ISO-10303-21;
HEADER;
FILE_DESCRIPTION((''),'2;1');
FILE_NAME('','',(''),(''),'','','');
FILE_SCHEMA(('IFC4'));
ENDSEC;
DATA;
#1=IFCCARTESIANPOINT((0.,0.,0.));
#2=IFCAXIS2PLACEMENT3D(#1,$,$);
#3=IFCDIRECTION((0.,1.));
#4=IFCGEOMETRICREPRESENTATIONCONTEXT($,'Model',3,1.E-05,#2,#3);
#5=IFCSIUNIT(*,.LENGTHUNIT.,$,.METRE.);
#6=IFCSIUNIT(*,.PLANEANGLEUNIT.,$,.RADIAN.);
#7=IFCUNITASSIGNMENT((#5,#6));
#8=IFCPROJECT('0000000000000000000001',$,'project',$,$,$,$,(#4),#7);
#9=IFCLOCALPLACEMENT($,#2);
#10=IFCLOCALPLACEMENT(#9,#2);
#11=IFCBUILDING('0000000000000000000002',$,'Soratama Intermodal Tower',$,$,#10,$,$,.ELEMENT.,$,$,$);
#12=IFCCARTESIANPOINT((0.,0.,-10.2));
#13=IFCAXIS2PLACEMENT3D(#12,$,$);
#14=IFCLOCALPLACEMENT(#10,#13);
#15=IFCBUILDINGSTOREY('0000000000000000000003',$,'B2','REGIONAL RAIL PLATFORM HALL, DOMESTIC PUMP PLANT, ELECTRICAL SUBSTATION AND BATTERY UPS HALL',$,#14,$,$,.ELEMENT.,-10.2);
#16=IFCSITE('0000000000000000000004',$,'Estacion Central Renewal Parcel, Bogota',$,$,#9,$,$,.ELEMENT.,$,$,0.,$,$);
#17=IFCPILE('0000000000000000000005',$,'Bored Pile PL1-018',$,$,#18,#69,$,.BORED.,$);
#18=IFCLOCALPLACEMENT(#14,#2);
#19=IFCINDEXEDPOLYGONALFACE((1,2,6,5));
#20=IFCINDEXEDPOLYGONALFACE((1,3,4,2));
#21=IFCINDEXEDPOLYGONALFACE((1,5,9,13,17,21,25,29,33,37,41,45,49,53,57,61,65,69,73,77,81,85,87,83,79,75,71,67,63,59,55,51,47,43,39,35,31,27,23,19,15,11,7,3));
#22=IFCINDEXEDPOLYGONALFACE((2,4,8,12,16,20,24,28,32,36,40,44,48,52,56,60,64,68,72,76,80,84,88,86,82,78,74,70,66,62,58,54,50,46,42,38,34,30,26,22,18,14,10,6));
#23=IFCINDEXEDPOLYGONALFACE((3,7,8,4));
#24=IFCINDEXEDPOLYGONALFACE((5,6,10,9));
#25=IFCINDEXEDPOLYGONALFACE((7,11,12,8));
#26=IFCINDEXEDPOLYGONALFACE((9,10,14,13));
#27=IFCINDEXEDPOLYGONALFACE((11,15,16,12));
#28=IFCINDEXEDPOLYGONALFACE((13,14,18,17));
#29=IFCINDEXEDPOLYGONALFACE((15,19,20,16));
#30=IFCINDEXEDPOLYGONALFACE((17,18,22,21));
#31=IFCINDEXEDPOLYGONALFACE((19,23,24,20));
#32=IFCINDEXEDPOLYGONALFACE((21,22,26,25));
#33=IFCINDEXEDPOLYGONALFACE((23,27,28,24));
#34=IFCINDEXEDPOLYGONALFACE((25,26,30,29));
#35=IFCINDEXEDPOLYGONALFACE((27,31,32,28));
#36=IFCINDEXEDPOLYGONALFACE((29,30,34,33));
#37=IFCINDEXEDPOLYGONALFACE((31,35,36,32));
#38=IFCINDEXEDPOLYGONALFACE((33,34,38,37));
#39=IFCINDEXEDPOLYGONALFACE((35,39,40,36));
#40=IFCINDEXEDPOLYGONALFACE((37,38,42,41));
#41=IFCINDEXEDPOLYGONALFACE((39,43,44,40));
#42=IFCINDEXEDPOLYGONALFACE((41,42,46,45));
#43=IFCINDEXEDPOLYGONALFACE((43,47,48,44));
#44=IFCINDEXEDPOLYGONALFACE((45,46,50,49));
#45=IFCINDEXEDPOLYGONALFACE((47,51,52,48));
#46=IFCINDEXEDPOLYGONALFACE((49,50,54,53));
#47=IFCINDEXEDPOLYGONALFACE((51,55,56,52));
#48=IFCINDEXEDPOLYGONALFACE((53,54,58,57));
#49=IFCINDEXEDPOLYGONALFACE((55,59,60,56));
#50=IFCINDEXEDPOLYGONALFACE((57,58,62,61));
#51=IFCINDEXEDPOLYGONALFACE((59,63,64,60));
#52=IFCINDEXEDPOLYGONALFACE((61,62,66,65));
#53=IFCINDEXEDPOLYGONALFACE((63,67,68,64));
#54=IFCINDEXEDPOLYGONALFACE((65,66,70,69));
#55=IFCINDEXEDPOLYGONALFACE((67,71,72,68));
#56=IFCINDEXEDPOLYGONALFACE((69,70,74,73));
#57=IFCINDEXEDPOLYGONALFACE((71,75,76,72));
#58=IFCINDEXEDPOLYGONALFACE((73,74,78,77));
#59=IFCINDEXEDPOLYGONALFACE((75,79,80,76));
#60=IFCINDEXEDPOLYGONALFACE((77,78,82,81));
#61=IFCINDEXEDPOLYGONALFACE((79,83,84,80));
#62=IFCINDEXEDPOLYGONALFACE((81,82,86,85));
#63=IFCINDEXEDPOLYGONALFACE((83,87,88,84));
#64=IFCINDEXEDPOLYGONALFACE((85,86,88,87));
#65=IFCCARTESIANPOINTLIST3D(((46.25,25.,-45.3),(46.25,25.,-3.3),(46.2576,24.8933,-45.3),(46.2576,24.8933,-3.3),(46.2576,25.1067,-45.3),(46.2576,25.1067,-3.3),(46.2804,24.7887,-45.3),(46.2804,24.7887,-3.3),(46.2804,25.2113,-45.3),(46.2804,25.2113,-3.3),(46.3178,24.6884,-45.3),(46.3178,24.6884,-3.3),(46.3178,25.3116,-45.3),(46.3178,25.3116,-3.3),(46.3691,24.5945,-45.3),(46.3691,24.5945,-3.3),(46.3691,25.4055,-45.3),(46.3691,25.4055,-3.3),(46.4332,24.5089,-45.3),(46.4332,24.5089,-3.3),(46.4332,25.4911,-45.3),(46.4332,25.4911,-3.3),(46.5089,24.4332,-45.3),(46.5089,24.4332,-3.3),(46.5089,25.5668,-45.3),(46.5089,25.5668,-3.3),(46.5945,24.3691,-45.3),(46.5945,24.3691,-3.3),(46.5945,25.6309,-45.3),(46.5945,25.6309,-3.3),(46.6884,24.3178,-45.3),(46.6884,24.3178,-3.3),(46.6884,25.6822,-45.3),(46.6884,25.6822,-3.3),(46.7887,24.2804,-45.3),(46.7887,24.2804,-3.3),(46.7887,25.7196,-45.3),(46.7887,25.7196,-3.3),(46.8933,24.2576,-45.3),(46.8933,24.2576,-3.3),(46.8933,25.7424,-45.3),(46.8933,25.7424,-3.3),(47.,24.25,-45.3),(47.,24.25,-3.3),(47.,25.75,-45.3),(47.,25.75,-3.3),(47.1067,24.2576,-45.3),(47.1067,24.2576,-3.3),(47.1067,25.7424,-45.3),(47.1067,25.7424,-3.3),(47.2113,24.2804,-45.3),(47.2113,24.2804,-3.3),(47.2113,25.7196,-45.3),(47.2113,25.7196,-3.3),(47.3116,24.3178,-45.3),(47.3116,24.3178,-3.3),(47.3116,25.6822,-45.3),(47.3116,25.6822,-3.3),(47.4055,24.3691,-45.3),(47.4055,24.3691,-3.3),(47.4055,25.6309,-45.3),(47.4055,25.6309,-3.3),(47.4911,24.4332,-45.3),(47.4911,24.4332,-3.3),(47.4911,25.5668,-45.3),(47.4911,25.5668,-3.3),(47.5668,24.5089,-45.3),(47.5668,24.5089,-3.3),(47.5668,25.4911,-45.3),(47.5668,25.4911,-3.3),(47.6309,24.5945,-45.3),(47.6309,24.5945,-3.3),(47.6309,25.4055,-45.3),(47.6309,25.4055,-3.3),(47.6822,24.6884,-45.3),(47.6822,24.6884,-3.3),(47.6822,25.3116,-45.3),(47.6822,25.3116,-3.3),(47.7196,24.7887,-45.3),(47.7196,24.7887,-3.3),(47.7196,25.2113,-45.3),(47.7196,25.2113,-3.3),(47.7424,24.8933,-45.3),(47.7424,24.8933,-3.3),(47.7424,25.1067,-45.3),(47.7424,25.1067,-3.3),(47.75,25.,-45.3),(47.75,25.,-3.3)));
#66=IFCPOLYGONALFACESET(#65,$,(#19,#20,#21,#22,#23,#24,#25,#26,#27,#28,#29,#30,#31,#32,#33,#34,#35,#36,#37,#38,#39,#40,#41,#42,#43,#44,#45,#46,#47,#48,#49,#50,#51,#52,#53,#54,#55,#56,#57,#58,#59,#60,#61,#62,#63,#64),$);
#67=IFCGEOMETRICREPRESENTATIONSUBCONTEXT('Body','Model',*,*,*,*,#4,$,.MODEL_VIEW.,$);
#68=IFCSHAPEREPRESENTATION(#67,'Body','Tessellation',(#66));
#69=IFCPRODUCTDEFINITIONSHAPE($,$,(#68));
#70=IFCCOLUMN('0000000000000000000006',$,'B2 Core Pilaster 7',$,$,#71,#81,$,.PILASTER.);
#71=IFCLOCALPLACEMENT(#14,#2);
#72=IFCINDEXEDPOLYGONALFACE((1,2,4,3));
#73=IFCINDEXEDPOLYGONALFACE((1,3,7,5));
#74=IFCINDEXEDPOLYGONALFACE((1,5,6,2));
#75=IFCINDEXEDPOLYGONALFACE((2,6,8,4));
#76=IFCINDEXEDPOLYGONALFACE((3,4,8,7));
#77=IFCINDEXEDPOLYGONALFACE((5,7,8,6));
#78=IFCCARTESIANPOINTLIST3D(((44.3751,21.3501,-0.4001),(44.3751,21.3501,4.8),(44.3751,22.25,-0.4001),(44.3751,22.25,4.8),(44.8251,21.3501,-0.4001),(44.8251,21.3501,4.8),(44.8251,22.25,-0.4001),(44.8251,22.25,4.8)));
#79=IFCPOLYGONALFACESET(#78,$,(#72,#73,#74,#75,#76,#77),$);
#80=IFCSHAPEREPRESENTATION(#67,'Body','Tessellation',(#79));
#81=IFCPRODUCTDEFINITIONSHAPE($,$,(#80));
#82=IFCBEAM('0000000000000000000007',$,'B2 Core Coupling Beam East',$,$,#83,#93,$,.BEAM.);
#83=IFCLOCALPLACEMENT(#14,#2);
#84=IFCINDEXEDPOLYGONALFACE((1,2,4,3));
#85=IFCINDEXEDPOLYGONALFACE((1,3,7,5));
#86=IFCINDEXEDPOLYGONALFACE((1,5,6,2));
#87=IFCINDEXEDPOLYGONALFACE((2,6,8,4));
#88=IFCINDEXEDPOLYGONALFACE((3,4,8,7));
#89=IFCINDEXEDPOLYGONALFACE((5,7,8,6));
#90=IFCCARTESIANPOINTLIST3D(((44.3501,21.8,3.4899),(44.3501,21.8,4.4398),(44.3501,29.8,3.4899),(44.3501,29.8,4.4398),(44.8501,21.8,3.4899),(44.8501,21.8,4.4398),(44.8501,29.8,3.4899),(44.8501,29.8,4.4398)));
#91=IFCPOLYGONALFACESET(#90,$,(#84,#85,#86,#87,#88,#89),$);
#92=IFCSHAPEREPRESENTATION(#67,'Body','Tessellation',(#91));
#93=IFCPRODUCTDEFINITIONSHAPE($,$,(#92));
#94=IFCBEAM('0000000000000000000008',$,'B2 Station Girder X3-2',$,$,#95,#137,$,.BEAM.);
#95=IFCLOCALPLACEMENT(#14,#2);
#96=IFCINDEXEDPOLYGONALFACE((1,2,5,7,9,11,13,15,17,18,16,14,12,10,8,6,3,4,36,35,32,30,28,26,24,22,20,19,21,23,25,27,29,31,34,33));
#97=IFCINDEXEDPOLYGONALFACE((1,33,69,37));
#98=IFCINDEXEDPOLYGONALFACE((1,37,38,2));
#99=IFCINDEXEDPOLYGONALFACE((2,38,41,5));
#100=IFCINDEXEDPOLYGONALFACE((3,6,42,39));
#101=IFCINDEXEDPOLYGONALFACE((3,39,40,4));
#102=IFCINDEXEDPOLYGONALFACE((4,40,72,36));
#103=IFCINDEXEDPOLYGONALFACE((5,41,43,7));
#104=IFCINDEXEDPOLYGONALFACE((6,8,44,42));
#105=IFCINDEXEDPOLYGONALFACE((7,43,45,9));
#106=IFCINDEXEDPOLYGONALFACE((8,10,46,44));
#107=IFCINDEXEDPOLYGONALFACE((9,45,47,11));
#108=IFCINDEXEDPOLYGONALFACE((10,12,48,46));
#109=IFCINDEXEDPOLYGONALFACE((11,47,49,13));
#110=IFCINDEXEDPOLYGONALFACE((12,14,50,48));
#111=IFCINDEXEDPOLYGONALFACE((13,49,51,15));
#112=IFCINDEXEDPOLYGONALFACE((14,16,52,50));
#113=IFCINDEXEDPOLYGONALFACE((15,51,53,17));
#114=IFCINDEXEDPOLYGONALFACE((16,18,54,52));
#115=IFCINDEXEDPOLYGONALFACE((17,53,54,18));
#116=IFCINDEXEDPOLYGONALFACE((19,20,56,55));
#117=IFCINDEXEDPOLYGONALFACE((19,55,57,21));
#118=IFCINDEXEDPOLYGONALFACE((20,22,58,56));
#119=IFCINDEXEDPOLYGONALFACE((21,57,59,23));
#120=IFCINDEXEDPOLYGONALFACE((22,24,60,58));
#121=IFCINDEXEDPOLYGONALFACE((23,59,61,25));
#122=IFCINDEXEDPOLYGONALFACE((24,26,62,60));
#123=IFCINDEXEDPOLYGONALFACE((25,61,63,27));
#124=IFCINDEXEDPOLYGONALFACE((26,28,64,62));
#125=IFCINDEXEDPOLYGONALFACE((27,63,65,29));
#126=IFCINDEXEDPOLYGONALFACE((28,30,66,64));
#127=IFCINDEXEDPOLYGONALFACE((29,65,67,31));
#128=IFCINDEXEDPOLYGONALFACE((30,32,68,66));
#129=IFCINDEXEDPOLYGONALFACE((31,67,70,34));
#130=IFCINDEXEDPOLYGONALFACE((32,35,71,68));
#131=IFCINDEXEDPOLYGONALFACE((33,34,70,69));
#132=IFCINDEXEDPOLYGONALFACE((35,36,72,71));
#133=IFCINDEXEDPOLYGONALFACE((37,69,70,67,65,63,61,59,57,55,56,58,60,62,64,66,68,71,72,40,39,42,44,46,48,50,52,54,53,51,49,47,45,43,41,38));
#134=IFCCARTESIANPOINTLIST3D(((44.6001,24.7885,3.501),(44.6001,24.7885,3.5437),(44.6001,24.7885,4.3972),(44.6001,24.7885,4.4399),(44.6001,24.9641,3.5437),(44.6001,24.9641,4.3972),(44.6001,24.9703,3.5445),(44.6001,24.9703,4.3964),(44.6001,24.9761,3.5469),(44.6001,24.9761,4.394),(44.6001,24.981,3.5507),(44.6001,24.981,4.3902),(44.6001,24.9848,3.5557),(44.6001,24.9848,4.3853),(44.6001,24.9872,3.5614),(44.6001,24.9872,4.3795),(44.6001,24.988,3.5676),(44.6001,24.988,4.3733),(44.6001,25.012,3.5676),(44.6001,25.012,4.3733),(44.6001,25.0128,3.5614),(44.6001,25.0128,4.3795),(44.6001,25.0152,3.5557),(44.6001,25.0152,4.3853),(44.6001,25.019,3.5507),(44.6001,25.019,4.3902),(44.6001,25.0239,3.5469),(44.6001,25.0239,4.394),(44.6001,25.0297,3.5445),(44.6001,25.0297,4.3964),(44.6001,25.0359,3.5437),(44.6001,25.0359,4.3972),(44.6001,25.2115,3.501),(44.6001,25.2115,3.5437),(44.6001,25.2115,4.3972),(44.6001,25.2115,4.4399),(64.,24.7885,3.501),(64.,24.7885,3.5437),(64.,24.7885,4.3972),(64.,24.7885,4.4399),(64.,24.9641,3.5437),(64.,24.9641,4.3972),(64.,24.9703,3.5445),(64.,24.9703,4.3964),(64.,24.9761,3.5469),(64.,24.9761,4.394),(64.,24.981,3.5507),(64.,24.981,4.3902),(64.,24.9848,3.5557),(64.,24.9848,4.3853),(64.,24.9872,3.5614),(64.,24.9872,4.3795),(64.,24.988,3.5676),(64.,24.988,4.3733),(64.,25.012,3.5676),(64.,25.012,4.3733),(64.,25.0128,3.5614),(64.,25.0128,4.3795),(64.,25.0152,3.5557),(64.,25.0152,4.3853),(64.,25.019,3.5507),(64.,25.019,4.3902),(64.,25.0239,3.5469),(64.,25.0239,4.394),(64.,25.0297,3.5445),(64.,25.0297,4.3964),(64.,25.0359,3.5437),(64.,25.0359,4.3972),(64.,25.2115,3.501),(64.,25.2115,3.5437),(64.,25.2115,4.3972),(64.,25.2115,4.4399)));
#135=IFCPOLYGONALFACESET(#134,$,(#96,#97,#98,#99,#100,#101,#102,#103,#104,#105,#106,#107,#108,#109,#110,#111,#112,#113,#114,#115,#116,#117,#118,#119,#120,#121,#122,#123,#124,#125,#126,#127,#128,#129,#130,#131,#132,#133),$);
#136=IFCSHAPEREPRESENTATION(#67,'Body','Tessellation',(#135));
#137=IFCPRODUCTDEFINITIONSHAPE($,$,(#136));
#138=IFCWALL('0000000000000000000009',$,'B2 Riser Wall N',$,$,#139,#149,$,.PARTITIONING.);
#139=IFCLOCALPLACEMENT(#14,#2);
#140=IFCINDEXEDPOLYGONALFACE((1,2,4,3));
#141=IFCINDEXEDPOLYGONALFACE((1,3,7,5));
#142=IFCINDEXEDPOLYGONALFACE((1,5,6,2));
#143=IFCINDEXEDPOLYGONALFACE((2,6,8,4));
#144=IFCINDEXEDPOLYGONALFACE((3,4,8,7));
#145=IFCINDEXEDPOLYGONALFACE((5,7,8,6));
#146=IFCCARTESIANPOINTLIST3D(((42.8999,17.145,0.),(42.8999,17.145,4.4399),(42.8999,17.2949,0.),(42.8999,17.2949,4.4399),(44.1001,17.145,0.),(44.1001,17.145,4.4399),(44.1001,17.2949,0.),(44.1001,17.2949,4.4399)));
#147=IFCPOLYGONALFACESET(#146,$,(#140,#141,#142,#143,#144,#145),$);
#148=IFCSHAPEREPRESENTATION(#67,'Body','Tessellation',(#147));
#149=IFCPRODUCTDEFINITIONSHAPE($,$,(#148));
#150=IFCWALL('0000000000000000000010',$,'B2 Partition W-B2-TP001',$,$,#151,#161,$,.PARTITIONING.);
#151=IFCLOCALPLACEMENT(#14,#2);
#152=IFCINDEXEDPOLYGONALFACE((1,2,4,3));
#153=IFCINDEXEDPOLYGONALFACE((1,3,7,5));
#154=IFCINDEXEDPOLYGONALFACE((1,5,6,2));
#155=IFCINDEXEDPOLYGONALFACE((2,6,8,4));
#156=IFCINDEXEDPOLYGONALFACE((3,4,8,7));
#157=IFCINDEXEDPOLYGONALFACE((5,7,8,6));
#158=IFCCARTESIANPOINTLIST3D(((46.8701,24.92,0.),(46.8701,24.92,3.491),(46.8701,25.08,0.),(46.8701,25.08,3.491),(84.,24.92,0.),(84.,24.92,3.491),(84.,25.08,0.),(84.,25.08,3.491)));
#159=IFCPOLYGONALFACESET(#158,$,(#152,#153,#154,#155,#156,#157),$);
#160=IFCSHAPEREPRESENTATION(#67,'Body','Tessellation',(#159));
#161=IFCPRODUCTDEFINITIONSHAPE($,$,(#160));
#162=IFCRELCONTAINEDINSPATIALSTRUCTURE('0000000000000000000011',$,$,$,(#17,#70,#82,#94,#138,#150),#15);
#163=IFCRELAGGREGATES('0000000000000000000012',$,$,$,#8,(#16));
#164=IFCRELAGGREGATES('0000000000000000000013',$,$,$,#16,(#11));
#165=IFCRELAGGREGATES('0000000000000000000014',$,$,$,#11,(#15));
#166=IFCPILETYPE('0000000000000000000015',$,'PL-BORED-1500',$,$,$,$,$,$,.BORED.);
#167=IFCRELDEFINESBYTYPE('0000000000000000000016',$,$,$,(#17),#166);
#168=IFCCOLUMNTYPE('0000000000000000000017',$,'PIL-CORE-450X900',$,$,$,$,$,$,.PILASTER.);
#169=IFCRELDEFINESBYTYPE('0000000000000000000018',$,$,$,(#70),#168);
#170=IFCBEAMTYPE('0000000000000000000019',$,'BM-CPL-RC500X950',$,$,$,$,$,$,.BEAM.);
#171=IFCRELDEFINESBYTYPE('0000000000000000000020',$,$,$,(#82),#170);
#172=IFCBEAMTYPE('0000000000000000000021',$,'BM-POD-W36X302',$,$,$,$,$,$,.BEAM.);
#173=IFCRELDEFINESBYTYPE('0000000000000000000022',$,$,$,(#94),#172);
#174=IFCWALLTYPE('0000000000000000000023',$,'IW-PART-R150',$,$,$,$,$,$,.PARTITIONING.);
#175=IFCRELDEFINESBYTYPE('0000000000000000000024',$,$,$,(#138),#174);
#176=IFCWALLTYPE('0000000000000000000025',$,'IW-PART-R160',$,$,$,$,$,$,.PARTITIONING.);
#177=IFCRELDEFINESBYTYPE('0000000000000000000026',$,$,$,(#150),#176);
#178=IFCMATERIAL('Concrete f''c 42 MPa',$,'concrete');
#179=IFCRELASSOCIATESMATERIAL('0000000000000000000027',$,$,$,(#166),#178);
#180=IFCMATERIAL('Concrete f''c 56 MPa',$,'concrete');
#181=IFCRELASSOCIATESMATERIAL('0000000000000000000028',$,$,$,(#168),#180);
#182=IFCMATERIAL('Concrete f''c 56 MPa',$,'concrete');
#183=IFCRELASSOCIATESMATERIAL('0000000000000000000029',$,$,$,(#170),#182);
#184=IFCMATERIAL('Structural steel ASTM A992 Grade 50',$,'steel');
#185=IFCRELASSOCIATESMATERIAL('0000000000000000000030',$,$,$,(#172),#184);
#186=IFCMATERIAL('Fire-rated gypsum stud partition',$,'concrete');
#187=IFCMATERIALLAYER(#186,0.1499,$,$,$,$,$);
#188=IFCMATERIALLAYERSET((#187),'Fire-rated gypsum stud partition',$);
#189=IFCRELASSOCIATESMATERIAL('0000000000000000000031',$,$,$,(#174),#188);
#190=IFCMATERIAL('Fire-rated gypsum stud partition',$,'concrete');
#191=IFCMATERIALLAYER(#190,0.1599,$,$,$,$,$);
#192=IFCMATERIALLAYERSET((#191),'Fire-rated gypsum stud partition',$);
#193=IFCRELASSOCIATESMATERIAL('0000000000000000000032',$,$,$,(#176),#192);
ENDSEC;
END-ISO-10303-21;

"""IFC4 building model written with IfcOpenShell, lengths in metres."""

from ifc_helpers import new_model, si_unit, direction, frame, frame_2d, origin, origin_2d, place, context, subcontext, project, spatial, rectangle, circle, i_section, extrude, material, layer, layer_set, material_profile, profile_set, type_object, element, save


model = new_model("IFC4")

# Units and contexts
model_context = context("Model", 3, precision=1e-05, world=origin(), true_north=direction((0.0, 1.0)))
body_context = subcontext(model_context, "Body", "Model", "MODEL_VIEW")
ifc_project = project(units=[si_unit("LENGTHUNIT", "METRE"), si_unit("PLANEANGLEUNIT", "RADIAN")], contexts=[model_context])

# Site, building, storey
site_placement = place(None, origin())
site = spatial("IfcSite", under=ifc_project, at=site_placement, Name="Estacion Central Renewal Parcel, Bogota", CompositionType="ELEMENT", RefElevation=0.0)
building_placement = place(site_placement, origin())
building = spatial("IfcBuilding", under=site, at=building_placement, Name="Soratama Intermodal Tower", CompositionType="ELEMENT")
storey_placement = place(building_placement, frame((0.0, 0.0, -10.2)))
storey = spatial("IfcBuildingStorey", under=building, at=storey_placement, Name="B2", Description="REGIONAL RAIL PLATFORM HALL, DOMESTIC PUMP PLANT, ELECTRICAL SUBSTATION AND BATTERY UPS HALL", CompositionType="ELEMENT", Elevation=-10.2)

# Pile
ifc_material_1 = material(Name="Concrete f'c 42 MPa", Category="concrete")
ifc_material_profile_1 = material_profile(ifc_material_1, circle(Radius=0.75, at=origin_2d()), Name="PILE1500")
ifc_profile_set_1 = profile_set([ifc_material_profile_1], Name="Concrete f'c 42 MPa")
pile_type = type_object("IfcPileType", Name="PL-BORED-1500", PredefinedType="BORED", material=ifc_profile_set_1)
for number, where, z_axis, x_axis, name in (
    (1, (47.0, 25.0, -3.3), (0.0, 0.0, -1.0), (1.0, 0.0, 0.0), "Bored Pile PL1-018"),
):
    element("IfcPile", number, at=place(storey_placement, frame(where, z_axis=z_axis, x_axis=x_axis)), inside=storey, type_object=pile_type, Name=name, PredefinedType="BORED", context=body_context, shape_type="SweptSolid", body=[
        extrude(circle(Radius=0.75, at=origin_2d()), origin(), (0.0, 0.0, 1.0), 42.0),
    ])

# Column
ifc_material_2 = material(Name="Concrete f'c 56 MPa", Category="concrete")
ifc_material_profile_2 = material_profile(ifc_material_2, rectangle(XDim=0.45, YDim=0.8999, at=origin_2d()), Name="RC450X900")
ifc_profile_set_2 = profile_set([ifc_material_profile_2], Name="Concrete f'c 56 MPa")
column_type = type_object("IfcColumnType", Name="PIL-CORE-450X900", PredefinedType="PILASTER", material=ifc_profile_set_2)
column_placement = place(storey_placement, frame((44.6001, 21.8, -0.4001), z_axis=(0.0, 0.0, 1.0), x_axis=(1.0, 0.0, 0.0)))
element("IfcColumn", 2, at=column_placement, inside=storey, type_object=column_type, Name="B2 Core Pilaster 7", PredefinedType="PILASTER", context=body_context, shape_type="SweptSolid", body=[
    extrude(rectangle(XDim=0.45, YDim=0.8999, at=origin_2d()), origin(), (0.0, 0.0, 1.0), 5.2002),
])

# Beams
ifc_material_3 = material(Name="Concrete f'c 56 MPa", Category="concrete")
ifc_material_profile_3 = material_profile(ifc_material_3, rectangle(XDim=0.5, YDim=0.95, at=origin_2d()), Name="RC500X950")
ifc_profile_set_3 = profile_set([ifc_material_profile_3], Name="Concrete f'c 56 MPa")
beam_type_1 = type_object("IfcBeamType", Name="BM-CPL-RC500X950", PredefinedType="BEAM", material=ifc_profile_set_3)
beam_1_placement = place(storey_placement, frame((44.6001, 21.8, 3.9648), z_axis=(0.0, 1.0, 0.0), x_axis=(-1.0, 0.0, 0.0)))
element("IfcBeam", 3, at=beam_1_placement, inside=storey, type_object=beam_type_1, Name="B2 Core Coupling Beam East", PredefinedType="BEAM", context=body_context, shape_type="SweptSolid", body=[
    extrude(rectangle(XDim=0.5, YDim=0.95, at=origin_2d()), origin(), (0.0, 0.0, 1.0), 8.0),
])
ifc_material_4 = material(Name="Structural steel ASTM A992 Grade 50", Category="steel")
ifc_material_profile_4 = material_profile(ifc_material_4, i_section(OverallWidth=0.4231, OverallDepth=0.939, WebThickness=0.0239, FlangeThickness=0.0427, FilletRadius=0.0239, at=origin_2d()), Name="W36X302")
ifc_profile_set_4 = profile_set([ifc_material_profile_4], Name="Structural steel ASTM A992 Grade 50")
beam_type_2 = type_object("IfcBeamType", Name="BM-POD-W36X302", PredefinedType="BEAM", material=ifc_profile_set_4)
beam_2_placement = place(storey_placement, frame((44.6001, 25.0, 3.9705), z_axis=(1.0, 0.0, 0.0), x_axis=(0.0, 1.0, 0.0)))
element("IfcBeam", 4, at=beam_2_placement, inside=storey, type_object=beam_type_2, Name="B2 Station Girder X3-2", PredefinedType="BEAM", context=body_context, shape_type="SweptSolid", body=[
    extrude(i_section(OverallWidth=0.4231, OverallDepth=0.939, WebThickness=0.0239, FlangeThickness=0.0427, FilletRadius=0.0239, at=origin_2d()), origin(), (0.0, 0.0, 1.0), 19.3999),
])

# Walls
ifc_material_5 = material(Name="Fire-rated gypsum stud partition", Category="concrete")
ifc_layer_1 = layer(ifc_material_5, 0.1499)
ifc_layer_set_1 = layer_set([ifc_layer_1], Name="Fire-rated gypsum stud partition")
wall_type_1 = type_object("IfcWallType", Name="IW-PART-R150", PredefinedType="PARTITIONING", material=ifc_layer_set_1)
wall_1_placement = place(storey_placement, frame((42.8999, 17.22, 0.0), z_axis=(0.0, 0.0, 1.0), x_axis=(1.0, 0.0, 0.0)))
element("IfcWall", 5, at=wall_1_placement, inside=storey, type_object=wall_type_1, Name="B2 Riser Wall N", PredefinedType="PARTITIONING", context=body_context, shape_type="SweptSolid", body=[
    extrude(rectangle(XDim=1.2002, YDim=0.1499, at=frame_2d((0.6001, 0.0))), origin(), (0.0, 0.0, 1.0), 4.4399),
])
ifc_material_6 = material(Name="Fire-rated gypsum stud partition", Category="concrete")
ifc_layer_2 = layer(ifc_material_6, 0.1599)
ifc_layer_set_2 = layer_set([ifc_layer_2], Name="Fire-rated gypsum stud partition")
wall_type_2 = type_object("IfcWallType", Name="IW-PART-R160", PredefinedType="PARTITIONING", material=ifc_layer_set_2)
wall_2_placement = place(storey_placement, frame((46.8701, 25.0, 0.0), z_axis=(0.0, 0.0, 1.0), x_axis=(1.0, 0.0, 0.0)))
element("IfcWall", 6, at=wall_2_placement, inside=storey, type_object=wall_type_2, Name="B2 Partition W-B2-TP001", PredefinedType="PARTITIONING", context=body_context, shape_type="SweptSolid", body=[
    extrude(rectangle(XDim=37.1299, YDim=0.1599, at=frame_2d((18.5649, 0.0))), origin(), (0.0, 0.0, 1.0), 3.491),
])

save(model, "model.ifc")
